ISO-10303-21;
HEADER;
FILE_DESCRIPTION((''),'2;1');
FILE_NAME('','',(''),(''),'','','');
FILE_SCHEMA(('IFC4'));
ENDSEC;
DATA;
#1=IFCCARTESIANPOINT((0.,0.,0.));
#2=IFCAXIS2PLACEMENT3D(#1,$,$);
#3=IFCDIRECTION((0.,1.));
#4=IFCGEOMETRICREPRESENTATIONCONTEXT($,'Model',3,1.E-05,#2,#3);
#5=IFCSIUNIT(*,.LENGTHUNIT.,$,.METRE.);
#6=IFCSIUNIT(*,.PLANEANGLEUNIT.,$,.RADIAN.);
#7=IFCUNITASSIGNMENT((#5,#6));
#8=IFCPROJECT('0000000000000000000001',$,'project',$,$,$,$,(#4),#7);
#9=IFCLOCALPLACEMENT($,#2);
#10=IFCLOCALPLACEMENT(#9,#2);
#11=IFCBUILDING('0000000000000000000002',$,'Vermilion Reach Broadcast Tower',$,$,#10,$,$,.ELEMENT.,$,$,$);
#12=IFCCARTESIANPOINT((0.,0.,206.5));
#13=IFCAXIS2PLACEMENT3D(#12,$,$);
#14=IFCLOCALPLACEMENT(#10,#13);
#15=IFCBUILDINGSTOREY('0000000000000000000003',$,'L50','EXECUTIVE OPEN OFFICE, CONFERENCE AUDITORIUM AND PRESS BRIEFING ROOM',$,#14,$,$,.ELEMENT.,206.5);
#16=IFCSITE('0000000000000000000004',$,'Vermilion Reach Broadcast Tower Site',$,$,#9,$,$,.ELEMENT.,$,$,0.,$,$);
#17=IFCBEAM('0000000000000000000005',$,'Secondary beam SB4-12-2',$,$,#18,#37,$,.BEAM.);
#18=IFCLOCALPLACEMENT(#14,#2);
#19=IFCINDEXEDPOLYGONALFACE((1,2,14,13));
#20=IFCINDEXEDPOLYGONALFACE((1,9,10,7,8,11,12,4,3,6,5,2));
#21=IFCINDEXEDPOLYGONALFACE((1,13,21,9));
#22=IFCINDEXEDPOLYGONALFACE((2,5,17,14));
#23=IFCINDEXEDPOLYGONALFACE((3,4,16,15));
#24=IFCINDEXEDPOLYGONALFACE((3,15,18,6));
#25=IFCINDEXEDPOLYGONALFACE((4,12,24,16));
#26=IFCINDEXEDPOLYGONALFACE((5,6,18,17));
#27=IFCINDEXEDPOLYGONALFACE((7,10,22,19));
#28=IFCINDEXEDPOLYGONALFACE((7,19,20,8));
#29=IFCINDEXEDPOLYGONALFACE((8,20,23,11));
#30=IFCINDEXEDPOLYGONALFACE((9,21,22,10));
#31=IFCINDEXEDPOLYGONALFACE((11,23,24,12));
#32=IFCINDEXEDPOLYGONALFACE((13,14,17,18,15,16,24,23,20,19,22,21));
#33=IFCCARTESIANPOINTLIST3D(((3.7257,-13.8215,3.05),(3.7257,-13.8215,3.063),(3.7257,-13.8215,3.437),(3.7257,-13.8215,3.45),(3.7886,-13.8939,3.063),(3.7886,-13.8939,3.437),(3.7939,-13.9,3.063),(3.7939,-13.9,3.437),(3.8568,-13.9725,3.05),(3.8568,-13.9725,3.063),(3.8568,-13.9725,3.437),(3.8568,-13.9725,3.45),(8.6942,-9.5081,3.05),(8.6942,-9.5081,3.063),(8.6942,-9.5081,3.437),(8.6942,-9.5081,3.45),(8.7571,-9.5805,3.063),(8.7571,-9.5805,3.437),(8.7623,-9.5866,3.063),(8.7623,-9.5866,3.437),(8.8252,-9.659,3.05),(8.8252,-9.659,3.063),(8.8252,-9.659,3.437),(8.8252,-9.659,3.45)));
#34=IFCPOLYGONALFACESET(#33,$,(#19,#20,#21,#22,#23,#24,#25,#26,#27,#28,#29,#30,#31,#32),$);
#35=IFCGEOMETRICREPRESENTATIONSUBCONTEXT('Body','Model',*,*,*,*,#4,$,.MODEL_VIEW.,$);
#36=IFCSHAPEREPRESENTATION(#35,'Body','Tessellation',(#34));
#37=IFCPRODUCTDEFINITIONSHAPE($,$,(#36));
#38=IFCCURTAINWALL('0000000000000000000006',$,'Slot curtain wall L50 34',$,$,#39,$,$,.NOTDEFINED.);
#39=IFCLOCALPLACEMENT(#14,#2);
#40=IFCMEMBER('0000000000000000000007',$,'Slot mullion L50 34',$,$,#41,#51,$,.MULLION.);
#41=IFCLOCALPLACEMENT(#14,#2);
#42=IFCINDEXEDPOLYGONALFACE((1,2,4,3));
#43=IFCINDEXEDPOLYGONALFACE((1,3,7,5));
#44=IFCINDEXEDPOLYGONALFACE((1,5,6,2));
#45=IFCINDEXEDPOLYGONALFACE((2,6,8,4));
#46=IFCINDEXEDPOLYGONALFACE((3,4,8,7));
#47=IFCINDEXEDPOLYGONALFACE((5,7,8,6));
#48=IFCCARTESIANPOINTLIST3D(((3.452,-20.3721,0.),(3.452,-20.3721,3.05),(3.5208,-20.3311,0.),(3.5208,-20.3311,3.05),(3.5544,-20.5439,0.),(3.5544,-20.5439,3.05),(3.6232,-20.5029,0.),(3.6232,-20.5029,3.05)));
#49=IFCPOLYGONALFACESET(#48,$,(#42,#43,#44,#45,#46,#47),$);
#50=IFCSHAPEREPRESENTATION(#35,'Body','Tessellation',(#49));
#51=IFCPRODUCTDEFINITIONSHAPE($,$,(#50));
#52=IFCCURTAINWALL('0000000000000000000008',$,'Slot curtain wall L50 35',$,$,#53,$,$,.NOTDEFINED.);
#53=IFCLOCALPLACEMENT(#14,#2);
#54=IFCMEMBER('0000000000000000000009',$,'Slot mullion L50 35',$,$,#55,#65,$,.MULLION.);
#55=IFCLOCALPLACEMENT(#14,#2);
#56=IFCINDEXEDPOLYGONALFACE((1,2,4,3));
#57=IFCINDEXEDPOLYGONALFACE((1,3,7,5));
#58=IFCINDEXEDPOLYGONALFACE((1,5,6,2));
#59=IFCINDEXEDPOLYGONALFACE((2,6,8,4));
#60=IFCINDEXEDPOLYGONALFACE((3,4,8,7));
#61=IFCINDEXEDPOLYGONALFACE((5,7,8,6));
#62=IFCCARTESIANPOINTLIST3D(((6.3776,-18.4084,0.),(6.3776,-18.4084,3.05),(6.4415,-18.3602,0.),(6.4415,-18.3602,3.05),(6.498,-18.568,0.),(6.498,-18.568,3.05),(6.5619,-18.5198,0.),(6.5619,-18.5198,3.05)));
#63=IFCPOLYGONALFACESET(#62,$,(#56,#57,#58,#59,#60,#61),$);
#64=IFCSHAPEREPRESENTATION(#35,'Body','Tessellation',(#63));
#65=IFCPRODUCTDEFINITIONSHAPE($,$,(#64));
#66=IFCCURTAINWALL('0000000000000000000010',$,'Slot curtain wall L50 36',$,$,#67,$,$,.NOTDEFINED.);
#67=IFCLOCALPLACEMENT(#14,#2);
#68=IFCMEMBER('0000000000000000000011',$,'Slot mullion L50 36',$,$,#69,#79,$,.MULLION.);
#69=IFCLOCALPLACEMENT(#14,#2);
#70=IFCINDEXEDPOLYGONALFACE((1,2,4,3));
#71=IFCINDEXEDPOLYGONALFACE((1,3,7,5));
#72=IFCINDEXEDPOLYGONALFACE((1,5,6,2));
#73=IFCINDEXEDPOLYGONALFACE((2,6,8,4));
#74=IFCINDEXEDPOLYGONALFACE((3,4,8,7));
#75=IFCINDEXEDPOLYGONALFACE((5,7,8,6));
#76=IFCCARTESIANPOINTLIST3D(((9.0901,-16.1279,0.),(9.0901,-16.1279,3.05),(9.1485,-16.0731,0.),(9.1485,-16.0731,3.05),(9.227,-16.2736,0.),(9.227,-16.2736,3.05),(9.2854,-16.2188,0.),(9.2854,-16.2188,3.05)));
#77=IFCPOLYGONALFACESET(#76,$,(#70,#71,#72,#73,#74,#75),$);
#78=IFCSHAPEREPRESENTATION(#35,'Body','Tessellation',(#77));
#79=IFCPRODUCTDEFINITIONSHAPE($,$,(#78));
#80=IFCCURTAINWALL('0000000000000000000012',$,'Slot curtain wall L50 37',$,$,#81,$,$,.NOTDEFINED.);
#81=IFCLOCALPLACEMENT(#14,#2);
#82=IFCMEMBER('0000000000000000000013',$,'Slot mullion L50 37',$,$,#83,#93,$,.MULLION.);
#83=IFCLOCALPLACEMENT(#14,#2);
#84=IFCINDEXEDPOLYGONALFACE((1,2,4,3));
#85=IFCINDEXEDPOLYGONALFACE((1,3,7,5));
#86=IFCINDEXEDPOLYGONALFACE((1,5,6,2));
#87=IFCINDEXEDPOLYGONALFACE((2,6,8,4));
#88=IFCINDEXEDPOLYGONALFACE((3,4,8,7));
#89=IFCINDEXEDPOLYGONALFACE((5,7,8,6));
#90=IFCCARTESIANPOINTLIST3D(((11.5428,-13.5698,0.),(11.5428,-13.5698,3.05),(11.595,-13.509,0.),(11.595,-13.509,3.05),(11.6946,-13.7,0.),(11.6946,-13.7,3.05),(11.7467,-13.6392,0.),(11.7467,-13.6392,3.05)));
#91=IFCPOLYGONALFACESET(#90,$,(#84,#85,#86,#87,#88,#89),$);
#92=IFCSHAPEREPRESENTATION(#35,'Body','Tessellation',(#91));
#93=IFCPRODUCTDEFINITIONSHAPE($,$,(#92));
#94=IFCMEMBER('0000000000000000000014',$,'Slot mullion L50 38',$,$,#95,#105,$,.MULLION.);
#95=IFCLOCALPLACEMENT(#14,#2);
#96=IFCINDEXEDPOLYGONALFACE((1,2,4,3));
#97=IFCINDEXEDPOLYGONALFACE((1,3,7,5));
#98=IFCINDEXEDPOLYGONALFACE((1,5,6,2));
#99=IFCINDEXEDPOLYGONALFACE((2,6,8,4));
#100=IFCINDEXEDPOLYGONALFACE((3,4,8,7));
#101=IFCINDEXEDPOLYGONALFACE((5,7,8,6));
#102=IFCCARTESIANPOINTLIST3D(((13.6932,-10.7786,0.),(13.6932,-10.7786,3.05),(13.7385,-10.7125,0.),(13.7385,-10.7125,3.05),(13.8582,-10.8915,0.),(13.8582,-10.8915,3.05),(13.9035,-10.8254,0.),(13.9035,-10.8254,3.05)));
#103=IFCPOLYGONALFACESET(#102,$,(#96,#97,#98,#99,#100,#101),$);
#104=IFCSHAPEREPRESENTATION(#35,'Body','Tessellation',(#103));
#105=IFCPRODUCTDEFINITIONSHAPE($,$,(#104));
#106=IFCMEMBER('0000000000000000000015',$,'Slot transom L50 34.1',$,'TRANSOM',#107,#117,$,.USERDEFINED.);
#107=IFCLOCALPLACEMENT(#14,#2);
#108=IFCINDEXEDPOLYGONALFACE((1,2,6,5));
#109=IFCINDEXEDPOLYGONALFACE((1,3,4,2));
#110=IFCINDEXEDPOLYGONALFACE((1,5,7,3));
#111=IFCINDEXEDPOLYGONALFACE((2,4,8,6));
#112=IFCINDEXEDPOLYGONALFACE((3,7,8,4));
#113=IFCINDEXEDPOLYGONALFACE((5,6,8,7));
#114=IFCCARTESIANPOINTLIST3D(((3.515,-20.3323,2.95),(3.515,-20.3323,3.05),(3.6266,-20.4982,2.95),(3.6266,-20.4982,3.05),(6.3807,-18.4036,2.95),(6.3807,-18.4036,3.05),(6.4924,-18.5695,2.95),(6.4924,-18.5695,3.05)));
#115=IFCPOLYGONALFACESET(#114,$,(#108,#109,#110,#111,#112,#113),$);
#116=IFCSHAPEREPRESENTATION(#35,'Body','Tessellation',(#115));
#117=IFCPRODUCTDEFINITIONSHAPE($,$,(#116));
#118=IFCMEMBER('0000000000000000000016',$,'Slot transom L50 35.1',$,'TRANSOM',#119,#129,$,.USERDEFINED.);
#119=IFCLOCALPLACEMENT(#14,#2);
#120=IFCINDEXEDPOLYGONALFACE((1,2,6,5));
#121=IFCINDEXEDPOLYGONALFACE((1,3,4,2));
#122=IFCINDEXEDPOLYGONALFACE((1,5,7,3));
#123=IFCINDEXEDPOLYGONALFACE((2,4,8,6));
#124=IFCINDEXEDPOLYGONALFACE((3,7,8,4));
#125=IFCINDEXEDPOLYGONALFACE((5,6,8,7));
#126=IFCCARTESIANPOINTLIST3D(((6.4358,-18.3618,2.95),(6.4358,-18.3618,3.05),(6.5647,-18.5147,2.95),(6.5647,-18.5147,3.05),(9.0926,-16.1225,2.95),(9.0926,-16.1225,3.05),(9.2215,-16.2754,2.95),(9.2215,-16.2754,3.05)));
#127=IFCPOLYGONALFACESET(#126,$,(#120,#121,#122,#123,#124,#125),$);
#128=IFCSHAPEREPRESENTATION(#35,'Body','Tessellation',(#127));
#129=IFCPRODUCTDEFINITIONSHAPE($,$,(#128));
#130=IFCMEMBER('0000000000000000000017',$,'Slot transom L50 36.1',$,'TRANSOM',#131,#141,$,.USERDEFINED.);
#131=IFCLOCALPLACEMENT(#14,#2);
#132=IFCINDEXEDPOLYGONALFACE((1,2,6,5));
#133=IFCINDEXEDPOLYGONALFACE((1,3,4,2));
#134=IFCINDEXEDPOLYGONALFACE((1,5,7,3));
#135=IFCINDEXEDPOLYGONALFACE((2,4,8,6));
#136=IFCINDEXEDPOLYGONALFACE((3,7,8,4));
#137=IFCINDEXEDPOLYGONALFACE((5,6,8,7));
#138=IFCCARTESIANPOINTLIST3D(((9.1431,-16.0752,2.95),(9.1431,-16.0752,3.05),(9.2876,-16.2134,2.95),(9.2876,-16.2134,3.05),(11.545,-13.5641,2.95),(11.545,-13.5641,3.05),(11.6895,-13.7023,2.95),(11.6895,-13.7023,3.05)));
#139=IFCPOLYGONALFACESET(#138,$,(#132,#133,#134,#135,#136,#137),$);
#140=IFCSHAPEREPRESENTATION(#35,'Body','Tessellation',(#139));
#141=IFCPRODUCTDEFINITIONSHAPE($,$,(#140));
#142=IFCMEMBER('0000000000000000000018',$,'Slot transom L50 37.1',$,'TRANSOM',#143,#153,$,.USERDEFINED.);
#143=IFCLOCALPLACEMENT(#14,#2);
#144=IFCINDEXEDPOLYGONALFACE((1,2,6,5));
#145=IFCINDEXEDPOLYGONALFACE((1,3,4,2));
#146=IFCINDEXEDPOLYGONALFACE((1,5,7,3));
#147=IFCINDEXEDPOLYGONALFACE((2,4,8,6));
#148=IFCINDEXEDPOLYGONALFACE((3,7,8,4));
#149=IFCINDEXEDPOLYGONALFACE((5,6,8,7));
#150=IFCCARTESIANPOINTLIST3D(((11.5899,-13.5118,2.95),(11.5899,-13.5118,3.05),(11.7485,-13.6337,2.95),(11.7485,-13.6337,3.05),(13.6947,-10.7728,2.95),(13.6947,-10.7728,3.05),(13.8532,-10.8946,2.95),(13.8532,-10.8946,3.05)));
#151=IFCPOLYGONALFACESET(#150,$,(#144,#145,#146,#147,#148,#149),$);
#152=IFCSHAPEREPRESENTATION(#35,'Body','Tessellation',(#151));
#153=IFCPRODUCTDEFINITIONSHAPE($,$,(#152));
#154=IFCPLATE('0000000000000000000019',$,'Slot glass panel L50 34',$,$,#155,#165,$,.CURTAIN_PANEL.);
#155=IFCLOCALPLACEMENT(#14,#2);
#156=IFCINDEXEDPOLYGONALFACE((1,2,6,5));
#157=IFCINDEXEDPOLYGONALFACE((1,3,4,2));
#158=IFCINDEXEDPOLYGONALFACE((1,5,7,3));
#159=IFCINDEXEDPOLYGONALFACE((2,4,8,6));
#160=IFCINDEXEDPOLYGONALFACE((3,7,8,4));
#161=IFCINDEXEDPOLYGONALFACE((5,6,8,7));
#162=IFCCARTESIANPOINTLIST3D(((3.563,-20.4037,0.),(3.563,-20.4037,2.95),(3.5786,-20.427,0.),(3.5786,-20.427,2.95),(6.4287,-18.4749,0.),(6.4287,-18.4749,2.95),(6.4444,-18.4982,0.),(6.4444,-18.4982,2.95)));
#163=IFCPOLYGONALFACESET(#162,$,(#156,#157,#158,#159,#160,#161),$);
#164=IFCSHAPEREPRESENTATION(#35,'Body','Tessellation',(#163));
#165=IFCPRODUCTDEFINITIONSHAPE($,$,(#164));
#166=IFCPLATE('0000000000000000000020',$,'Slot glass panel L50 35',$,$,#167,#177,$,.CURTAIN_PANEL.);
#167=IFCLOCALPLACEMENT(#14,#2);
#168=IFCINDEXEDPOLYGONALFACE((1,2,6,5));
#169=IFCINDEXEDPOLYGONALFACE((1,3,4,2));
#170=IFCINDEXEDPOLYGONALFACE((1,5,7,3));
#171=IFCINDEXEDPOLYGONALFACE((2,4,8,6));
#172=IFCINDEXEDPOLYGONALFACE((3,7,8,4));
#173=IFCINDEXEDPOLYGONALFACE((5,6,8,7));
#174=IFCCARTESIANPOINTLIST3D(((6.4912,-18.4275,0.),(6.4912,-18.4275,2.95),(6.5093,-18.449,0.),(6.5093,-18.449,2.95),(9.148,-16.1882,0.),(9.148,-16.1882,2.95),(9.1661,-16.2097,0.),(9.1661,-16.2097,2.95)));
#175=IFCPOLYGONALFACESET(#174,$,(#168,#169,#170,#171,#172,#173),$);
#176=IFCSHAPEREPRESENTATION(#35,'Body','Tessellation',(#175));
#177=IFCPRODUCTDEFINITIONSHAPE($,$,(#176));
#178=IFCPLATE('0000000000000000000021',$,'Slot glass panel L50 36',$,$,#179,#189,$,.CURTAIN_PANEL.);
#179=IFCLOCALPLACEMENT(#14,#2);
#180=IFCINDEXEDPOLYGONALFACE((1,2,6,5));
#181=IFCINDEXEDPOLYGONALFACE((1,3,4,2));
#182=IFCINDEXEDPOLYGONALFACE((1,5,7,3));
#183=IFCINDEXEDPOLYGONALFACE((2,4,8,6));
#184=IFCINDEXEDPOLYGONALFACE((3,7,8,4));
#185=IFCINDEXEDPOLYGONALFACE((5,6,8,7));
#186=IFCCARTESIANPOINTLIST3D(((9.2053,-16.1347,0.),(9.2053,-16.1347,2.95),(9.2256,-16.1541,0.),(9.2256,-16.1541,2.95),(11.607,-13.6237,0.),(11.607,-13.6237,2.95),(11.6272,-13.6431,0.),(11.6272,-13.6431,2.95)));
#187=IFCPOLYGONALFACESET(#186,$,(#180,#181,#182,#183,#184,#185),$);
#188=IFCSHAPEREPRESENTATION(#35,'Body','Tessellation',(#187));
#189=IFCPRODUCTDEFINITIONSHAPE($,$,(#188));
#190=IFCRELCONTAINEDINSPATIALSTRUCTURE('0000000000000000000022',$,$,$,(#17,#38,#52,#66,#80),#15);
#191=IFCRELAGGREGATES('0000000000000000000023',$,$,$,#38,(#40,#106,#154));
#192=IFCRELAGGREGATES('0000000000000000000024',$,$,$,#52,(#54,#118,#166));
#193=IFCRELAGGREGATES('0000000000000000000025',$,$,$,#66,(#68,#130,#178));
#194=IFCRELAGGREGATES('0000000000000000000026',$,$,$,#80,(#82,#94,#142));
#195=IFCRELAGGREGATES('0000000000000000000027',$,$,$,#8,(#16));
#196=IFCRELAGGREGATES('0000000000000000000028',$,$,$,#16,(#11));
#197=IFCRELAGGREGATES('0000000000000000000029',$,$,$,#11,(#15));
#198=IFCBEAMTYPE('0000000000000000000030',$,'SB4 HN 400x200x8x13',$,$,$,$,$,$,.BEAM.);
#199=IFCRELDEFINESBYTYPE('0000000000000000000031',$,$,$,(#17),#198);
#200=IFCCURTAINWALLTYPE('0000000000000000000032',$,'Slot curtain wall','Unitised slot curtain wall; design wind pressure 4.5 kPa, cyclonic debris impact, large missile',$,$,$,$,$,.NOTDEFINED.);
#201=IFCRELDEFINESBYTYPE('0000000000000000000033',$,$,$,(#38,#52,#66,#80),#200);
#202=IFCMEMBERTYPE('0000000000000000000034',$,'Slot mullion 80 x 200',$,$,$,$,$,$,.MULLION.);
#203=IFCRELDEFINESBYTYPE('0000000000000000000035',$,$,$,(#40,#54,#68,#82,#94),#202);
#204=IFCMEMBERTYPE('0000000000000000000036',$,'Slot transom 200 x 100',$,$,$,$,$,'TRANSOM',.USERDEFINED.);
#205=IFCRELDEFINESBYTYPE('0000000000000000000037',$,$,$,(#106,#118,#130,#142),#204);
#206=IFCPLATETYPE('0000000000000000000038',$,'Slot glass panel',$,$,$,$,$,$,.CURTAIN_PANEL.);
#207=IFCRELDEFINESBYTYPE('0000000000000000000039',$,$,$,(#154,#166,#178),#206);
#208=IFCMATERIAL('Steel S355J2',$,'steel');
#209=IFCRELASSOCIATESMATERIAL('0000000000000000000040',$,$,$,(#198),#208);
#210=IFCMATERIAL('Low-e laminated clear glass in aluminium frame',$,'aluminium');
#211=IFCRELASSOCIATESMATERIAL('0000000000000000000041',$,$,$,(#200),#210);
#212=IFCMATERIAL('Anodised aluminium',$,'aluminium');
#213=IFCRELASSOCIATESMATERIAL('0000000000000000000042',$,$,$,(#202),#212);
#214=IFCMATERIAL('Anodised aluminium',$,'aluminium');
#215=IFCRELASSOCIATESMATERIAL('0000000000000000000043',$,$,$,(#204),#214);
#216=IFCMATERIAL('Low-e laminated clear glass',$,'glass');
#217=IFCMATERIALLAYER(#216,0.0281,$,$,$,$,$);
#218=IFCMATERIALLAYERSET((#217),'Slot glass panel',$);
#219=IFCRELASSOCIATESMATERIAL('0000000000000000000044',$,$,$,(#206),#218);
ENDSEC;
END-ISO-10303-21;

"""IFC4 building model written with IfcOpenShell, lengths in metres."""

from ifc_helpers import new_model, si_unit, direction, frame, origin, origin_2d, place, context, subcontext, project, spatial, rectangle, i_section, extrude, material, layer, layer_set, material_profile, profile_set, type_object, element, aggregate, save


model = new_model("IFC4")

# Units and contexts
model_context = context("Model", 3, precision=1e-05, world=origin(), true_north=direction((0.0, 1.0)))
body_context = subcontext(model_context, "Body", "Model", "MODEL_VIEW")
ifc_project = project(units=[si_unit("LENGTHUNIT", "METRE"), si_unit("PLANEANGLEUNIT", "RADIAN")], contexts=[model_context])

# Site, building, storey
site_placement = place(None, origin())
site = spatial("IfcSite", under=ifc_project, at=site_placement, Name="Vermilion Reach Broadcast Tower Site", CompositionType="ELEMENT", RefElevation=0.0)
building_placement = place(site_placement, origin())
building = spatial("IfcBuilding", under=site, at=building_placement, Name="Vermilion Reach Broadcast Tower", CompositionType="ELEMENT")
storey_placement = place(building_placement, frame((0.0, 0.0, 206.5)))
storey = spatial("IfcBuildingStorey", under=building, at=storey_placement, Name="L50", Description="EXECUTIVE OPEN OFFICE, CONFERENCE AUDITORIUM AND PRESS BRIEFING ROOM", CompositionType="ELEMENT", Elevation=206.5)

# Beam
ifc_material_1 = material(Name="Steel S355J2", Category="steel")
ifc_material_profile_1 = material_profile(ifc_material_1, i_section(OverallWidth=0.2, OverallDepth=0.3999, WebThickness=0.0081, FlangeThickness=0.0129, at=origin_2d()), Name="S355J2 HN 400x200x8x13")
ifc_profile_set_1 = profile_set([ifc_material_profile_1], Name="Steel S355J2")
beam_type_1 = type_object("IfcBeamType", Name="SB4 HN 400x200x8x13", PredefinedType="BEAM", material=ifc_profile_set_1)
beam_1_placement = place(storey_placement, frame((3.7913, -13.897, 3.25), z_axis=(0.755129, 0.655576, 0.0), x_axis=(-0.655576, 0.755129, 0.0)))
element("IfcBeam", 1, at=beam_1_placement, inside=storey, type_object=beam_type_1, Name="Secondary beam SB4-12-2", PredefinedType="BEAM", context=body_context, shape_type="SweptSolid", body=[
    extrude(i_section(OverallWidth=0.2, OverallDepth=0.3999, WebThickness=0.0081, FlangeThickness=0.0129, at=origin_2d()), origin(), (0.0, 0.0, 1.0), 6.5796),
])

# Curtain walls, members
ifc_material_2 = material(Name="Low-e laminated clear glass in aluminium frame", Category="aluminium")
curtain_wall_type = type_object("IfcCurtainWallType", Name="Slot curtain wall", Description="Unitised slot curtain wall; design wind pressure 4.5 kPa, cyclonic debris impact, large missile", PredefinedType="NOTDEFINED", material=ifc_material_2)
placement = place(storey_placement, origin())
curtain_wall_1 = element("IfcCurtainWall", 2, at=placement, inside=storey, type_object=curtain_wall_type, Name="Slot curtain wall L50 34", PredefinedType="NOTDEFINED")
ifc_material_3 = material(Name="Anodised aluminium", Category="aluminium")
ifc_material_profile_2 = material_profile(ifc_material_3, rectangle(XDim=0.2, YDim=0.0801, at=origin_2d()), Name="Slot mullion 80 x 200")
ifc_profile_set_2 = profile_set([ifc_material_profile_2], Name="Anodised aluminium")
member_type_1 = type_object("IfcMemberType", Name="Slot mullion 80 x 200", PredefinedType="MULLION", material=ifc_profile_set_2)
member_1_placement = place(storey_placement, frame((3.5376, -20.4375, 0.0), z_axis=(0.0, 0.0, 1.0), x_axis=(-0.512028, 0.858969, 0.0)))
member_1 = element("IfcMember", 3, at=member_1_placement, type_object=member_type_1, Name="Slot mullion L50 34", PredefinedType="MULLION", context=body_context, shape_type="SweptSolid", body=[
    extrude(rectangle(XDim=0.2, YDim=0.0801, at=origin_2d()), origin(), (0.0, 0.0, 1.0), 3.05),
])
curtain_wall_2 = element("IfcCurtainWall", 4, at=placement, inside=storey, type_object=curtain_wall_type, Name="Slot curtain wall L50 35", PredefinedType="NOTDEFINED")
member_2_placement = place(storey_placement, frame((6.4697, -18.4641, 0.0), z_axis=(0.0, 0.0, 1.0), x_axis=(-0.60229, 0.798278, 0.0)))
member_2 = element("IfcMember", 5, at=member_2_placement, type_object=member_type_1, Name="Slot mullion L50 35", PredefinedType="MULLION", context=body_context, shape_type="SweptSolid", body=[
    extrude(rectangle(XDim=0.2, YDim=0.0801, at=origin_2d()), origin(), (0.0, 0.0, 1.0), 3.05),
])
curtain_wall_3 = element("IfcCurtainWall", 6, at=placement, inside=storey, type_object=curtain_wall_type, Name="Slot curtain wall L50 36", PredefinedType="NOTDEFINED")
member_3_placement = place(storey_placement, frame((9.1877, -16.1733, 0.0), z_axis=(0.0, 0.0, 1.0), x_axis=(-0.684547, 0.728969, 0.0)))
member_3 = element("IfcMember", 7, at=member_3_placement, type_object=member_type_1, Name="Slot mullion L50 36", PredefinedType="MULLION", context=body_context, shape_type="SweptSolid", body=[
    extrude(rectangle(XDim=0.2, YDim=0.0801, at=origin_2d()), origin(), (0.0, 0.0, 1.0), 3.05),
])

# Curtain wall, members
curtain_wall_4 = element("IfcCurtainWall", 8, at=placement, inside=storey, type_object=curtain_wall_type, Name="Slot curtain wall L50 37", PredefinedType="NOTDEFINED")
member_4_placement = place(storey_placement, frame((11.6448, -13.6045, 0.0), z_axis=(0.0, 0.0, 1.0), x_axis=(-0.758884, 0.651226, 0.0)))
member_4 = element("IfcMember", 9, at=member_4_placement, type_object=member_type_1, Name="Slot mullion L50 37", PredefinedType="MULLION", context=body_context, shape_type="SweptSolid", body=[
    extrude(rectangle(XDim=0.2, YDim=0.0801, at=origin_2d()), origin(), (0.0, 0.0, 1.0), 3.05),
])
member_5_placement = place(storey_placement, frame((13.7983, -10.802, 0.0), z_axis=(0.0, 0.0, 1.0), x_axis=(-0.825123, 0.564953, 0.0)))
member_5 = element("IfcMember", 10, at=member_5_placement, type_object=member_type_1, Name="Slot mullion L50 38", PredefinedType="MULLION", context=body_context, shape_type="SweptSolid", body=[
    extrude(rectangle(XDim=0.2, YDim=0.0801, at=origin_2d()), origin(), (0.0, 0.0, 1.0), 3.05),
])

# Members
ifc_material_4 = material(Name="Anodised aluminium", Category="aluminium")
ifc_material_profile_3 = material_profile(ifc_material_4, rectangle(XDim=0.2, YDim=0.1001, at=origin_2d()), Name="Slot transom 200 x 100")
ifc_profile_set_3 = profile_set([ifc_material_profile_3], Name="Anodised aluminium")
member_type_2 = type_object("IfcMemberType", Name="Slot transom 200 x 100", ElementType="TRANSOM", PredefinedType="USERDEFINED", material=ifc_profile_set_3)
member_6_placement = place(storey_placement, frame((3.5708, -20.4153, 3.0), z_axis=(0.829607, 0.558348, 0.0), x_axis=(-0.558348, 0.829607, 0.0)))
member_6 = element("IfcMember", 11, at=member_6_placement, type_object=member_type_2, Name="Slot transom L50 34.1", ObjectType="TRANSOM", PredefinedType="USERDEFINED", context=body_context, shape_type="SweptSolid", body=[
    extrude(rectangle(XDim=0.2, YDim=0.1001, at=origin_2d()), origin(), (0.0, 0.0, 1.0), 3.4543),
])
member_7_placement = place(storey_placement, frame((6.5002, -18.4382, 3.0), z_axis=(0.764627, 0.644473, 0.0), x_axis=(-0.644473, 0.764627, 0.0)))
member_7 = element("IfcMember", 12, at=member_7_placement, type_object=member_type_2, Name="Slot transom L50 35.1", ObjectType="TRANSOM", PredefinedType="USERDEFINED", context=body_context, shape_type="SweptSolid", body=[
    extrude(rectangle(XDim=0.2, YDim=0.1001, at=origin_2d()), origin(), (0.0, 0.0, 1.0), 3.4746),
])
member_8_placement = place(storey_placement, frame((9.2153, -16.1443, 3.0), z_axis=(0.691229, 0.722636, 0.0), x_axis=(-0.722636, 0.691229, 0.0)))
member_8 = element("IfcMember", 13, at=member_8_placement, type_object=member_type_2, Name="Slot transom L50 36.1", ObjectType="TRANSOM", PredefinedType="USERDEFINED", context=body_context, shape_type="SweptSolid", body=[
    extrude(rectangle(XDim=0.2, YDim=0.1001, at=origin_2d()), origin(), (0.0, 0.0, 1.0), 3.4749),
])
member_9_placement = place(storey_placement, frame((11.6692, -13.5728, 3.0), z_axis=(0.609311, 0.792931, 0.0), x_axis=(-0.792931, 0.609311, 0.0)))
member_9 = element("IfcMember", 14, at=member_9_placement, type_object=member_type_2, Name="Slot transom L50 37.1", ObjectType="TRANSOM", PredefinedType="USERDEFINED", context=body_context, shape_type="SweptSolid", body=[
    extrude(rectangle(XDim=0.2, YDim=0.1001, at=origin_2d()), origin(), (0.0, 0.0, 1.0), 3.4543),
])

# Plates
ifc_material_5 = material(Name="Low-e laminated clear glass", Category="glass")
ifc_layer_1 = layer(ifc_material_5, 0.0281)
ifc_layer_set_1 = layer_set([ifc_layer_1], Name="Slot glass panel")
plate_type = type_object("IfcPlateType", Name="Slot glass panel", PredefinedType="CURTAIN_PANEL", material=ifc_layer_set_1)
plate_1_placement = place(storey_placement, frame((5.0037, -19.4509, 0.0), z_axis=(0.0, 0.0, 1.0), x_axis=(0.829599, 0.55836, 0.0)))
plate_1 = element("IfcPlate", 15, at=plate_1_placement, type_object=plate_type, Name="Slot glass panel L50 34", PredefinedType="CURTAIN_PANEL", context=body_context, shape_type="SweptSolid", body=[
    extrude(rectangle(XDim=3.4543, YDim=0.0281, at=origin_2d()), origin(), (0.0, 0.0, 1.0), 2.95),
])
aggregate(curtain_wall_1, [member_1, member_6, plate_1])
plate_2_placement = place(storey_placement, frame((7.8286, -17.3186, 0.0), z_axis=(0.0, 0.0, 1.0), x_axis=(0.764633, 0.644466, 0.0)))
plate_2 = element("IfcPlate", 16, at=plate_2_placement, type_object=plate_type, Name="Slot glass panel L50 35", PredefinedType="CURTAIN_PANEL", context=body_context, shape_type="SweptSolid", body=[
    extrude(rectangle(XDim=3.4746, YDim=0.0281, at=origin_2d()), origin(), (0.0, 0.0, 1.0), 2.95),
])
aggregate(curtain_wall_2, [member_2, member_7, plate_2])
plate_3_placement = place(storey_placement, frame((10.4163, -14.8889, 0.0), z_axis=(0.0, 0.0, 1.0), x_axis=(0.691206, 0.722657, 0.0)))
plate_3 = element("IfcPlate", 17, at=plate_3_placement, type_object=plate_type, Name="Slot glass panel L50 36", PredefinedType="CURTAIN_PANEL", context=body_context, shape_type="SweptSolid", body=[
    extrude(rectangle(XDim=3.4746, YDim=0.0281, at=origin_2d()), origin(), (0.0, 0.0, 1.0), 2.95),
])
aggregate(curtain_wall_3, [member_3, member_8, plate_3])
aggregate(curtain_wall_4, [member_4, member_5, member_9])

save(model, "model.ifc")
